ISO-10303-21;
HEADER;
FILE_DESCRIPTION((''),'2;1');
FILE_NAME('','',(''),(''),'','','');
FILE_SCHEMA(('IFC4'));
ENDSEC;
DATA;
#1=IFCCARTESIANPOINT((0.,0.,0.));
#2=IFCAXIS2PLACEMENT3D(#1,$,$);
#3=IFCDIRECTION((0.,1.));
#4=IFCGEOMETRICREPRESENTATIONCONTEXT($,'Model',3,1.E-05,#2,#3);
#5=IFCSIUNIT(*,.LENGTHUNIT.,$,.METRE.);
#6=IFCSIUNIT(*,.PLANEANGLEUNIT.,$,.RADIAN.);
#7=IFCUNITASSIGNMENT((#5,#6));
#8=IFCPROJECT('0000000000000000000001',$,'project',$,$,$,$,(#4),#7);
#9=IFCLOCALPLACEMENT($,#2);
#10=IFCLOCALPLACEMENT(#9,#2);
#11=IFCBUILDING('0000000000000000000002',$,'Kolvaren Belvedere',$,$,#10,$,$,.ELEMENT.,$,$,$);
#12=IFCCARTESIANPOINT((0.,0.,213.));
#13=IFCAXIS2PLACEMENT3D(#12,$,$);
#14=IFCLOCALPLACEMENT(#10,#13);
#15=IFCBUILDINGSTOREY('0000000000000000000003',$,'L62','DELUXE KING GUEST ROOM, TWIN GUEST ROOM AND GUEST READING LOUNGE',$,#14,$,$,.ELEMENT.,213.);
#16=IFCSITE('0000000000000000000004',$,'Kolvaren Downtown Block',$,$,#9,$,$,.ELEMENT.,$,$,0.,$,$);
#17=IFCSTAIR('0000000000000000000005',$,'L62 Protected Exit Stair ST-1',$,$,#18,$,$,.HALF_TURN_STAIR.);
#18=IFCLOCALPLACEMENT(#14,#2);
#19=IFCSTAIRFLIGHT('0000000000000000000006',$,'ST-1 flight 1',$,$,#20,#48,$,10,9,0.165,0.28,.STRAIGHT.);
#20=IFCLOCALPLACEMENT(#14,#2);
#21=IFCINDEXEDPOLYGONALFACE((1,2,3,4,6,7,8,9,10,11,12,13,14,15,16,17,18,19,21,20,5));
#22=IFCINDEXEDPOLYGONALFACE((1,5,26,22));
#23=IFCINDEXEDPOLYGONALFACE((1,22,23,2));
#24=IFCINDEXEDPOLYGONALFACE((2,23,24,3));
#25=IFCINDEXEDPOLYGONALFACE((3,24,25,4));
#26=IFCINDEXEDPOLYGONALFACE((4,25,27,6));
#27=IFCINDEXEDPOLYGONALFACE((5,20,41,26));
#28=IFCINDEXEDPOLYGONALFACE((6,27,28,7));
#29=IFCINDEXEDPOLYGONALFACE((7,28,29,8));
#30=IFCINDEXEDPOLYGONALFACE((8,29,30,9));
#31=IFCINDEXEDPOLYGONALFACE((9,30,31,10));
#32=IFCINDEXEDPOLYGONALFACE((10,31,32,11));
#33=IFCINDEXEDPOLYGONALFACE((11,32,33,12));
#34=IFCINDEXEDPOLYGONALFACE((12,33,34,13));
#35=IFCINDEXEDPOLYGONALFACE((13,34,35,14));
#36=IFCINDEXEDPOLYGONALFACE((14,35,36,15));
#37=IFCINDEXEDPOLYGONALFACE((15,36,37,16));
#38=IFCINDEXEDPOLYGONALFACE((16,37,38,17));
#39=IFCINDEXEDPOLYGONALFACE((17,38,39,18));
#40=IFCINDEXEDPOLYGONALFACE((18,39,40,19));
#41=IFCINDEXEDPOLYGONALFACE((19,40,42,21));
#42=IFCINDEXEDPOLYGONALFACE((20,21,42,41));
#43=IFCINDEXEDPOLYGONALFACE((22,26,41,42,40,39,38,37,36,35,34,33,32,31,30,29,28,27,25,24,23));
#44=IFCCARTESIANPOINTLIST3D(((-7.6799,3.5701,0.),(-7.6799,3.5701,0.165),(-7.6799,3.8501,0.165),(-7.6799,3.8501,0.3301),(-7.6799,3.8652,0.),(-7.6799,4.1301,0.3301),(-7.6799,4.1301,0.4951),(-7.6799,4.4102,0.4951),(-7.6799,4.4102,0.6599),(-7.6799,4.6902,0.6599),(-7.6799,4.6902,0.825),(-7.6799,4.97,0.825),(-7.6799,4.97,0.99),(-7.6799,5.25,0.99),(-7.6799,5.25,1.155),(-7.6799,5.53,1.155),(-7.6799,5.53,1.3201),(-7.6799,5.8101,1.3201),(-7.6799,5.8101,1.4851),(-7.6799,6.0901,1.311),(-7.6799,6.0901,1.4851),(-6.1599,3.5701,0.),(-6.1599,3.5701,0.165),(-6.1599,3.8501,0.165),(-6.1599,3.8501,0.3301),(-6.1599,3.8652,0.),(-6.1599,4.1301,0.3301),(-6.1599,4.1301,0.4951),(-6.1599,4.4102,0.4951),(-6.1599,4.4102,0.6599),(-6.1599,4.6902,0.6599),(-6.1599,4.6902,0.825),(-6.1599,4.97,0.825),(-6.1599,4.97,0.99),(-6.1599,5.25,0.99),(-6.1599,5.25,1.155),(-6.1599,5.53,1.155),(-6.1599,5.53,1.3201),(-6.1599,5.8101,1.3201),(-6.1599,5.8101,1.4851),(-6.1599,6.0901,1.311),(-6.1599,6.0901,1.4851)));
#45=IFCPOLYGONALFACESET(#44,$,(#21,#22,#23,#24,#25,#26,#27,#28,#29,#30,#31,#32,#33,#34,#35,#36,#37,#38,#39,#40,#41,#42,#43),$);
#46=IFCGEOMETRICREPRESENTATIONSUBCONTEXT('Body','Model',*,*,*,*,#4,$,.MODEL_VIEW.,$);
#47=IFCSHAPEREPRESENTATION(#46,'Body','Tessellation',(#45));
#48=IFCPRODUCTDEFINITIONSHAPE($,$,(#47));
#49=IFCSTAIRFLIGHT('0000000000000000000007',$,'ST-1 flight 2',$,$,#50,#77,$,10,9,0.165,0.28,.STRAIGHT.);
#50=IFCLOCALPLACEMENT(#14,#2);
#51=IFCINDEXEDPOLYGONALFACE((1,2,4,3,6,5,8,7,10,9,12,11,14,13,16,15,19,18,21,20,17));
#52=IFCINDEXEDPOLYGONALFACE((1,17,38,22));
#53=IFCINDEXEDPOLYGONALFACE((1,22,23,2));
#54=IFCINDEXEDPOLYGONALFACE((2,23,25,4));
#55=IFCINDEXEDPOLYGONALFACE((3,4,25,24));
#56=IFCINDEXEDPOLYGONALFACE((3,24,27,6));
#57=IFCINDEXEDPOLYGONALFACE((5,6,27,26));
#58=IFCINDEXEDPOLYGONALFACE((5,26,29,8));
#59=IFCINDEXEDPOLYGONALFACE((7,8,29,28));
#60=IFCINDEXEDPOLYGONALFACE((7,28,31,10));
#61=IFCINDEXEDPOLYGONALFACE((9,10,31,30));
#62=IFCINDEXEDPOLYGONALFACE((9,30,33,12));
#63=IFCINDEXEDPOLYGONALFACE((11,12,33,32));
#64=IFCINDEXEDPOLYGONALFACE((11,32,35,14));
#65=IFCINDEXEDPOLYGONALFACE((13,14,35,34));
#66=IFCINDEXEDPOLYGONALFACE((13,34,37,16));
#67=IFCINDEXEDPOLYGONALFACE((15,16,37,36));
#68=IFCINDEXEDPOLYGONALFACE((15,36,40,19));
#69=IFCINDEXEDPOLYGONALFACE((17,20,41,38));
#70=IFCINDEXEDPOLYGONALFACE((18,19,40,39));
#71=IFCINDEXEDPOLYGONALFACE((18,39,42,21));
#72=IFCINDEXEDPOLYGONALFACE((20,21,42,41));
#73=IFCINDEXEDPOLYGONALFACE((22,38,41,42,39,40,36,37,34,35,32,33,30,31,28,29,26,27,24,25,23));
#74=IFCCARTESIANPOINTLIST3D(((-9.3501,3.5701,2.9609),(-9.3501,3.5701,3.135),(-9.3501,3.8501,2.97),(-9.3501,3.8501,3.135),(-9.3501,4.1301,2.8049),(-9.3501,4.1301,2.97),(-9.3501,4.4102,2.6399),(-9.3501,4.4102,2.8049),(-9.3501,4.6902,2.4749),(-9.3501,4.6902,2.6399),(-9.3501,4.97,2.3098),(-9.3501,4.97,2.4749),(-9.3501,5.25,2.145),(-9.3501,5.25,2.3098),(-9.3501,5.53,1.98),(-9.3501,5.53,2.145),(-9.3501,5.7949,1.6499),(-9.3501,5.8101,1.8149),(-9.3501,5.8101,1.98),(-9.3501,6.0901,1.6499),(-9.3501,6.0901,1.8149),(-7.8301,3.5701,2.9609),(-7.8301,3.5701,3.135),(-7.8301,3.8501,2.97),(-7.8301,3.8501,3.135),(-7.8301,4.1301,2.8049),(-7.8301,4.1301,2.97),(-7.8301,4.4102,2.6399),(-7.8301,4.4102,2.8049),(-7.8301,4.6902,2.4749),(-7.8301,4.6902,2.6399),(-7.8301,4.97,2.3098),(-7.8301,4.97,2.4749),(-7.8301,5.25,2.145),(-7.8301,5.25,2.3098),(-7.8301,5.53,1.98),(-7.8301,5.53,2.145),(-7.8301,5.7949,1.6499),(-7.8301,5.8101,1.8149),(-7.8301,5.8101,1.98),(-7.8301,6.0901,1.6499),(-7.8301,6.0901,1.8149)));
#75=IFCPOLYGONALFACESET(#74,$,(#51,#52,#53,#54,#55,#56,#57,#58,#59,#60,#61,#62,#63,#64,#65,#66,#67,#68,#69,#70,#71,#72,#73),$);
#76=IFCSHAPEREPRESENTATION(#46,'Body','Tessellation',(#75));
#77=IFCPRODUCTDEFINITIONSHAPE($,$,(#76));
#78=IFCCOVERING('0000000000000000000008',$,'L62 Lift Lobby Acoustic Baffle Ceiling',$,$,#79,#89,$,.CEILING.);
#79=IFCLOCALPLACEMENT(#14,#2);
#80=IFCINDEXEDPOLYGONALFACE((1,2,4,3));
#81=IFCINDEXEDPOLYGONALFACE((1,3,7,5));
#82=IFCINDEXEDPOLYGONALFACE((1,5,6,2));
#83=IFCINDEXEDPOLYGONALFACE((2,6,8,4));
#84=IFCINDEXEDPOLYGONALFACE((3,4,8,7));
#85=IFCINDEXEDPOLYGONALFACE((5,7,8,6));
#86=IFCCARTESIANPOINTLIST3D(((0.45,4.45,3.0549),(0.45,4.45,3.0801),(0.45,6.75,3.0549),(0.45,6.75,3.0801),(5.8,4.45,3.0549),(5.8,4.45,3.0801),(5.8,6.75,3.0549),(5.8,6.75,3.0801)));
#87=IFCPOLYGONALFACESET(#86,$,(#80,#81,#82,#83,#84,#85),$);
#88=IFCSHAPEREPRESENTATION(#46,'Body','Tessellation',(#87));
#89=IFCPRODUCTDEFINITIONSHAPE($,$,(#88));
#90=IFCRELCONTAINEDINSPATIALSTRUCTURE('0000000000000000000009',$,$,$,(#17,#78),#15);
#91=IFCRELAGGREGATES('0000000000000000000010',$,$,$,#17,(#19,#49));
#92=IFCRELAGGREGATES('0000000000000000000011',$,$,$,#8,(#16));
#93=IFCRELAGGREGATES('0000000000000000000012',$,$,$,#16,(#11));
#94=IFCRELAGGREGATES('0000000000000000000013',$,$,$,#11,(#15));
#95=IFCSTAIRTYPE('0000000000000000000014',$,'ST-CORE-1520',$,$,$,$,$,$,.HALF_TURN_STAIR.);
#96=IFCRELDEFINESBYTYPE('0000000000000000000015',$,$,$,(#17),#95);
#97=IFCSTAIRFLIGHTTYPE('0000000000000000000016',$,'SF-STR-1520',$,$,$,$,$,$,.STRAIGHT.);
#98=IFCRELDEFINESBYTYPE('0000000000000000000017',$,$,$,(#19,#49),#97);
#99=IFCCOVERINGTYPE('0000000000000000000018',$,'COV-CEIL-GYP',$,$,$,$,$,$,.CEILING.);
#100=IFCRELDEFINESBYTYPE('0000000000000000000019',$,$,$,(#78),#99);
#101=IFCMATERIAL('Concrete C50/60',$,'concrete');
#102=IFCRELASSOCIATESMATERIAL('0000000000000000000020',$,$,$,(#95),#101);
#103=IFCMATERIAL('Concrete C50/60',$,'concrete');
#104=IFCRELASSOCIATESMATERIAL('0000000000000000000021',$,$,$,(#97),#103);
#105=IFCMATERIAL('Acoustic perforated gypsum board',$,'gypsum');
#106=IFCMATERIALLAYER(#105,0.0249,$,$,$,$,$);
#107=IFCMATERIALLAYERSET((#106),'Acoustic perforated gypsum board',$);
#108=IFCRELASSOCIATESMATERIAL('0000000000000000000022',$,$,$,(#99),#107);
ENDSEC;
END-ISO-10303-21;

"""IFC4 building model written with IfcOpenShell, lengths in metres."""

from ifc_helpers import new_model, si_unit, direction, frame, origin, place, context, subcontext, project, spatial, polyline, outline, extrude, material, layer, layer_set, type_object, element, aggregate, save


model = new_model("IFC4")

# Units and contexts
model_context = context("Model", 3, precision=1e-05, world=origin(), true_north=direction((0.0, 1.0)))
body_context = subcontext(model_context, "Body", "Model", "MODEL_VIEW")
ifc_project = project(units=[si_unit("LENGTHUNIT", "METRE"), si_unit("PLANEANGLEUNIT", "RADIAN")], contexts=[model_context])

# Site, building, storey
site_placement = place(None, origin())
site = spatial("IfcSite", under=ifc_project, at=site_placement, Name="Kolvaren Downtown Block", CompositionType="ELEMENT", RefElevation=0.0)
building_placement = place(site_placement, origin())
building = spatial("IfcBuilding", under=site, at=building_placement, Name="Kolvaren Belvedere", CompositionType="ELEMENT")
storey_placement = place(building_placement, frame((0.0, 0.0, 213.0)))
storey = spatial("IfcBuildingStorey", under=building, at=storey_placement, Name="L62", Description="DELUXE KING GUEST ROOM, TWIN GUEST ROOM AND GUEST READING LOUNGE", CompositionType="ELEMENT", Elevation=213.0)

# Stair
ifc_material_1 = material(Name="Concrete C50/60", Category="concrete")
stair_type = type_object("IfcStairType", Name="ST-CORE-1520", PredefinedType="HALF_TURN_STAIR", material=ifc_material_1)
stair_1_placement = place(storey_placement, origin())
stair_1 = element("IfcStair", 1, at=stair_1_placement, inside=storey, type_object=stair_type, Name="L62 Protected Exit Stair ST-1", PredefinedType="HALF_TURN_STAIR")

# Stair flights
ifc_material_2 = material(Name="Concrete C50/60", Category="concrete")
stair_flight_type = type_object("IfcStairFlightType", Name="SF-STR-1520", PredefinedType="STRAIGHT", material=ifc_material_2)
stair_flight_1_placement = place(storey_placement, frame((-6.9199, 3.5701, 0.0), z_axis=(0.0, 0.0, 1.0), x_axis=(0.0, 1.0, 0.0)))
stair_flight_1 = element("IfcStairFlight", 2, at=stair_flight_1_placement, type_object=stair_flight_type, Name="ST-1 flight 1", NumberOfRisers=10, NumberOfTreads=9, PredefinedType="STRAIGHT", RiserHeight=0.165, TreadLength=0.28, context=body_context, shape_type="SweptSolid", body=[
    extrude(outline(polyline([(0.0, 0.0), (0.0, 0.165), (0.28, 0.165), (0.28, 0.3301), (0.5601, 0.3301), (0.5601, 0.4951), (0.8401, 0.4951), (0.8401, 0.6599), (1.1201, 0.6599), (1.1201, 0.825), (1.3999, 0.825), (1.3999, 0.99), (1.6799, 0.99), (1.6799, 1.155), (1.96, 1.155), (1.96, 1.3201), (2.24, 1.3201), (2.24, 1.4851), (2.52, 1.4851), (2.52, 1.6499), (2.52, 1.311), (0.2952, 0.0), (0.0, 0.0)])), frame((0.0, 0.76, 0.0), z_axis=(0.0, -1.0, 0.0), x_axis=(1.0, 0.0, 0.0)), (0.0, 0.0, 1.0), 1.52),
])
stair_flight_2_placement = place(storey_placement, frame((-8.5901, 6.0901, 1.6499), z_axis=(0.0, 0.0, 1.0), x_axis=(0.0, -1.0, 0.0)))
stair_flight_2 = element("IfcStairFlight", 3, at=stair_flight_2_placement, type_object=stair_flight_type, Name="ST-1 flight 2", NumberOfRisers=10, NumberOfTreads=9, PredefinedType="STRAIGHT", RiserHeight=0.165, TreadLength=0.28, context=body_context, shape_type="SweptSolid", body=[
    extrude(outline(polyline([(0.0, 0.0), (0.0, 0.165), (0.28, 0.165), (0.28, 0.3301), (0.5601, 0.3301), (0.5601, 0.4951), (0.8401, 0.4951), (0.8401, 0.6599), (1.1201, 0.6599), (1.1201, 0.825), (1.3999, 0.825), (1.3999, 0.99), (1.6799, 0.99), (1.6799, 1.155), (1.96, 1.155), (1.96, 1.3201), (2.24, 1.3201), (2.24, 1.4851), (2.52, 1.4851), (2.52, 1.6499), (2.52, 1.311), (0.2952, 0.0), (0.0, 0.0)])), frame((0.0, 0.76, 0.0), z_axis=(0.0, -1.0, 0.0), x_axis=(1.0, 0.0, 0.0)), (0.0, 0.0, 1.0), 1.52),
])
aggregate(stair_1, [stair_flight_1, stair_flight_2])

# Covering
ifc_material_3 = material(Name="Acoustic perforated gypsum board", Category="gypsum")
ifc_layer_1 = layer(ifc_material_3, 0.0249)
ifc_layer_set_1 = layer_set([ifc_layer_1], Name="Acoustic perforated gypsum board")
covering_type = type_object("IfcCoveringType", Name="COV-CEIL-GYP", PredefinedType="CEILING", material=ifc_layer_set_1)
covering_placement = place(storey_placement, frame((0.0, 0.0, 3.0549)))
element("IfcCovering", 4, at=covering_placement, inside=storey, type_object=covering_type, Name="L62 Lift Lobby Acoustic Baffle Ceiling", PredefinedType="CEILING", context=body_context, shape_type="SweptSolid", body=[
    extrude(outline(polyline([(0.45, 4.45), (5.8, 4.45), (5.8, 6.75), (0.45, 6.75), (0.45, 4.45)])), origin(), (0.0, 0.0, 1.0), 0.0251),
])

save(model, "model.ifc")
